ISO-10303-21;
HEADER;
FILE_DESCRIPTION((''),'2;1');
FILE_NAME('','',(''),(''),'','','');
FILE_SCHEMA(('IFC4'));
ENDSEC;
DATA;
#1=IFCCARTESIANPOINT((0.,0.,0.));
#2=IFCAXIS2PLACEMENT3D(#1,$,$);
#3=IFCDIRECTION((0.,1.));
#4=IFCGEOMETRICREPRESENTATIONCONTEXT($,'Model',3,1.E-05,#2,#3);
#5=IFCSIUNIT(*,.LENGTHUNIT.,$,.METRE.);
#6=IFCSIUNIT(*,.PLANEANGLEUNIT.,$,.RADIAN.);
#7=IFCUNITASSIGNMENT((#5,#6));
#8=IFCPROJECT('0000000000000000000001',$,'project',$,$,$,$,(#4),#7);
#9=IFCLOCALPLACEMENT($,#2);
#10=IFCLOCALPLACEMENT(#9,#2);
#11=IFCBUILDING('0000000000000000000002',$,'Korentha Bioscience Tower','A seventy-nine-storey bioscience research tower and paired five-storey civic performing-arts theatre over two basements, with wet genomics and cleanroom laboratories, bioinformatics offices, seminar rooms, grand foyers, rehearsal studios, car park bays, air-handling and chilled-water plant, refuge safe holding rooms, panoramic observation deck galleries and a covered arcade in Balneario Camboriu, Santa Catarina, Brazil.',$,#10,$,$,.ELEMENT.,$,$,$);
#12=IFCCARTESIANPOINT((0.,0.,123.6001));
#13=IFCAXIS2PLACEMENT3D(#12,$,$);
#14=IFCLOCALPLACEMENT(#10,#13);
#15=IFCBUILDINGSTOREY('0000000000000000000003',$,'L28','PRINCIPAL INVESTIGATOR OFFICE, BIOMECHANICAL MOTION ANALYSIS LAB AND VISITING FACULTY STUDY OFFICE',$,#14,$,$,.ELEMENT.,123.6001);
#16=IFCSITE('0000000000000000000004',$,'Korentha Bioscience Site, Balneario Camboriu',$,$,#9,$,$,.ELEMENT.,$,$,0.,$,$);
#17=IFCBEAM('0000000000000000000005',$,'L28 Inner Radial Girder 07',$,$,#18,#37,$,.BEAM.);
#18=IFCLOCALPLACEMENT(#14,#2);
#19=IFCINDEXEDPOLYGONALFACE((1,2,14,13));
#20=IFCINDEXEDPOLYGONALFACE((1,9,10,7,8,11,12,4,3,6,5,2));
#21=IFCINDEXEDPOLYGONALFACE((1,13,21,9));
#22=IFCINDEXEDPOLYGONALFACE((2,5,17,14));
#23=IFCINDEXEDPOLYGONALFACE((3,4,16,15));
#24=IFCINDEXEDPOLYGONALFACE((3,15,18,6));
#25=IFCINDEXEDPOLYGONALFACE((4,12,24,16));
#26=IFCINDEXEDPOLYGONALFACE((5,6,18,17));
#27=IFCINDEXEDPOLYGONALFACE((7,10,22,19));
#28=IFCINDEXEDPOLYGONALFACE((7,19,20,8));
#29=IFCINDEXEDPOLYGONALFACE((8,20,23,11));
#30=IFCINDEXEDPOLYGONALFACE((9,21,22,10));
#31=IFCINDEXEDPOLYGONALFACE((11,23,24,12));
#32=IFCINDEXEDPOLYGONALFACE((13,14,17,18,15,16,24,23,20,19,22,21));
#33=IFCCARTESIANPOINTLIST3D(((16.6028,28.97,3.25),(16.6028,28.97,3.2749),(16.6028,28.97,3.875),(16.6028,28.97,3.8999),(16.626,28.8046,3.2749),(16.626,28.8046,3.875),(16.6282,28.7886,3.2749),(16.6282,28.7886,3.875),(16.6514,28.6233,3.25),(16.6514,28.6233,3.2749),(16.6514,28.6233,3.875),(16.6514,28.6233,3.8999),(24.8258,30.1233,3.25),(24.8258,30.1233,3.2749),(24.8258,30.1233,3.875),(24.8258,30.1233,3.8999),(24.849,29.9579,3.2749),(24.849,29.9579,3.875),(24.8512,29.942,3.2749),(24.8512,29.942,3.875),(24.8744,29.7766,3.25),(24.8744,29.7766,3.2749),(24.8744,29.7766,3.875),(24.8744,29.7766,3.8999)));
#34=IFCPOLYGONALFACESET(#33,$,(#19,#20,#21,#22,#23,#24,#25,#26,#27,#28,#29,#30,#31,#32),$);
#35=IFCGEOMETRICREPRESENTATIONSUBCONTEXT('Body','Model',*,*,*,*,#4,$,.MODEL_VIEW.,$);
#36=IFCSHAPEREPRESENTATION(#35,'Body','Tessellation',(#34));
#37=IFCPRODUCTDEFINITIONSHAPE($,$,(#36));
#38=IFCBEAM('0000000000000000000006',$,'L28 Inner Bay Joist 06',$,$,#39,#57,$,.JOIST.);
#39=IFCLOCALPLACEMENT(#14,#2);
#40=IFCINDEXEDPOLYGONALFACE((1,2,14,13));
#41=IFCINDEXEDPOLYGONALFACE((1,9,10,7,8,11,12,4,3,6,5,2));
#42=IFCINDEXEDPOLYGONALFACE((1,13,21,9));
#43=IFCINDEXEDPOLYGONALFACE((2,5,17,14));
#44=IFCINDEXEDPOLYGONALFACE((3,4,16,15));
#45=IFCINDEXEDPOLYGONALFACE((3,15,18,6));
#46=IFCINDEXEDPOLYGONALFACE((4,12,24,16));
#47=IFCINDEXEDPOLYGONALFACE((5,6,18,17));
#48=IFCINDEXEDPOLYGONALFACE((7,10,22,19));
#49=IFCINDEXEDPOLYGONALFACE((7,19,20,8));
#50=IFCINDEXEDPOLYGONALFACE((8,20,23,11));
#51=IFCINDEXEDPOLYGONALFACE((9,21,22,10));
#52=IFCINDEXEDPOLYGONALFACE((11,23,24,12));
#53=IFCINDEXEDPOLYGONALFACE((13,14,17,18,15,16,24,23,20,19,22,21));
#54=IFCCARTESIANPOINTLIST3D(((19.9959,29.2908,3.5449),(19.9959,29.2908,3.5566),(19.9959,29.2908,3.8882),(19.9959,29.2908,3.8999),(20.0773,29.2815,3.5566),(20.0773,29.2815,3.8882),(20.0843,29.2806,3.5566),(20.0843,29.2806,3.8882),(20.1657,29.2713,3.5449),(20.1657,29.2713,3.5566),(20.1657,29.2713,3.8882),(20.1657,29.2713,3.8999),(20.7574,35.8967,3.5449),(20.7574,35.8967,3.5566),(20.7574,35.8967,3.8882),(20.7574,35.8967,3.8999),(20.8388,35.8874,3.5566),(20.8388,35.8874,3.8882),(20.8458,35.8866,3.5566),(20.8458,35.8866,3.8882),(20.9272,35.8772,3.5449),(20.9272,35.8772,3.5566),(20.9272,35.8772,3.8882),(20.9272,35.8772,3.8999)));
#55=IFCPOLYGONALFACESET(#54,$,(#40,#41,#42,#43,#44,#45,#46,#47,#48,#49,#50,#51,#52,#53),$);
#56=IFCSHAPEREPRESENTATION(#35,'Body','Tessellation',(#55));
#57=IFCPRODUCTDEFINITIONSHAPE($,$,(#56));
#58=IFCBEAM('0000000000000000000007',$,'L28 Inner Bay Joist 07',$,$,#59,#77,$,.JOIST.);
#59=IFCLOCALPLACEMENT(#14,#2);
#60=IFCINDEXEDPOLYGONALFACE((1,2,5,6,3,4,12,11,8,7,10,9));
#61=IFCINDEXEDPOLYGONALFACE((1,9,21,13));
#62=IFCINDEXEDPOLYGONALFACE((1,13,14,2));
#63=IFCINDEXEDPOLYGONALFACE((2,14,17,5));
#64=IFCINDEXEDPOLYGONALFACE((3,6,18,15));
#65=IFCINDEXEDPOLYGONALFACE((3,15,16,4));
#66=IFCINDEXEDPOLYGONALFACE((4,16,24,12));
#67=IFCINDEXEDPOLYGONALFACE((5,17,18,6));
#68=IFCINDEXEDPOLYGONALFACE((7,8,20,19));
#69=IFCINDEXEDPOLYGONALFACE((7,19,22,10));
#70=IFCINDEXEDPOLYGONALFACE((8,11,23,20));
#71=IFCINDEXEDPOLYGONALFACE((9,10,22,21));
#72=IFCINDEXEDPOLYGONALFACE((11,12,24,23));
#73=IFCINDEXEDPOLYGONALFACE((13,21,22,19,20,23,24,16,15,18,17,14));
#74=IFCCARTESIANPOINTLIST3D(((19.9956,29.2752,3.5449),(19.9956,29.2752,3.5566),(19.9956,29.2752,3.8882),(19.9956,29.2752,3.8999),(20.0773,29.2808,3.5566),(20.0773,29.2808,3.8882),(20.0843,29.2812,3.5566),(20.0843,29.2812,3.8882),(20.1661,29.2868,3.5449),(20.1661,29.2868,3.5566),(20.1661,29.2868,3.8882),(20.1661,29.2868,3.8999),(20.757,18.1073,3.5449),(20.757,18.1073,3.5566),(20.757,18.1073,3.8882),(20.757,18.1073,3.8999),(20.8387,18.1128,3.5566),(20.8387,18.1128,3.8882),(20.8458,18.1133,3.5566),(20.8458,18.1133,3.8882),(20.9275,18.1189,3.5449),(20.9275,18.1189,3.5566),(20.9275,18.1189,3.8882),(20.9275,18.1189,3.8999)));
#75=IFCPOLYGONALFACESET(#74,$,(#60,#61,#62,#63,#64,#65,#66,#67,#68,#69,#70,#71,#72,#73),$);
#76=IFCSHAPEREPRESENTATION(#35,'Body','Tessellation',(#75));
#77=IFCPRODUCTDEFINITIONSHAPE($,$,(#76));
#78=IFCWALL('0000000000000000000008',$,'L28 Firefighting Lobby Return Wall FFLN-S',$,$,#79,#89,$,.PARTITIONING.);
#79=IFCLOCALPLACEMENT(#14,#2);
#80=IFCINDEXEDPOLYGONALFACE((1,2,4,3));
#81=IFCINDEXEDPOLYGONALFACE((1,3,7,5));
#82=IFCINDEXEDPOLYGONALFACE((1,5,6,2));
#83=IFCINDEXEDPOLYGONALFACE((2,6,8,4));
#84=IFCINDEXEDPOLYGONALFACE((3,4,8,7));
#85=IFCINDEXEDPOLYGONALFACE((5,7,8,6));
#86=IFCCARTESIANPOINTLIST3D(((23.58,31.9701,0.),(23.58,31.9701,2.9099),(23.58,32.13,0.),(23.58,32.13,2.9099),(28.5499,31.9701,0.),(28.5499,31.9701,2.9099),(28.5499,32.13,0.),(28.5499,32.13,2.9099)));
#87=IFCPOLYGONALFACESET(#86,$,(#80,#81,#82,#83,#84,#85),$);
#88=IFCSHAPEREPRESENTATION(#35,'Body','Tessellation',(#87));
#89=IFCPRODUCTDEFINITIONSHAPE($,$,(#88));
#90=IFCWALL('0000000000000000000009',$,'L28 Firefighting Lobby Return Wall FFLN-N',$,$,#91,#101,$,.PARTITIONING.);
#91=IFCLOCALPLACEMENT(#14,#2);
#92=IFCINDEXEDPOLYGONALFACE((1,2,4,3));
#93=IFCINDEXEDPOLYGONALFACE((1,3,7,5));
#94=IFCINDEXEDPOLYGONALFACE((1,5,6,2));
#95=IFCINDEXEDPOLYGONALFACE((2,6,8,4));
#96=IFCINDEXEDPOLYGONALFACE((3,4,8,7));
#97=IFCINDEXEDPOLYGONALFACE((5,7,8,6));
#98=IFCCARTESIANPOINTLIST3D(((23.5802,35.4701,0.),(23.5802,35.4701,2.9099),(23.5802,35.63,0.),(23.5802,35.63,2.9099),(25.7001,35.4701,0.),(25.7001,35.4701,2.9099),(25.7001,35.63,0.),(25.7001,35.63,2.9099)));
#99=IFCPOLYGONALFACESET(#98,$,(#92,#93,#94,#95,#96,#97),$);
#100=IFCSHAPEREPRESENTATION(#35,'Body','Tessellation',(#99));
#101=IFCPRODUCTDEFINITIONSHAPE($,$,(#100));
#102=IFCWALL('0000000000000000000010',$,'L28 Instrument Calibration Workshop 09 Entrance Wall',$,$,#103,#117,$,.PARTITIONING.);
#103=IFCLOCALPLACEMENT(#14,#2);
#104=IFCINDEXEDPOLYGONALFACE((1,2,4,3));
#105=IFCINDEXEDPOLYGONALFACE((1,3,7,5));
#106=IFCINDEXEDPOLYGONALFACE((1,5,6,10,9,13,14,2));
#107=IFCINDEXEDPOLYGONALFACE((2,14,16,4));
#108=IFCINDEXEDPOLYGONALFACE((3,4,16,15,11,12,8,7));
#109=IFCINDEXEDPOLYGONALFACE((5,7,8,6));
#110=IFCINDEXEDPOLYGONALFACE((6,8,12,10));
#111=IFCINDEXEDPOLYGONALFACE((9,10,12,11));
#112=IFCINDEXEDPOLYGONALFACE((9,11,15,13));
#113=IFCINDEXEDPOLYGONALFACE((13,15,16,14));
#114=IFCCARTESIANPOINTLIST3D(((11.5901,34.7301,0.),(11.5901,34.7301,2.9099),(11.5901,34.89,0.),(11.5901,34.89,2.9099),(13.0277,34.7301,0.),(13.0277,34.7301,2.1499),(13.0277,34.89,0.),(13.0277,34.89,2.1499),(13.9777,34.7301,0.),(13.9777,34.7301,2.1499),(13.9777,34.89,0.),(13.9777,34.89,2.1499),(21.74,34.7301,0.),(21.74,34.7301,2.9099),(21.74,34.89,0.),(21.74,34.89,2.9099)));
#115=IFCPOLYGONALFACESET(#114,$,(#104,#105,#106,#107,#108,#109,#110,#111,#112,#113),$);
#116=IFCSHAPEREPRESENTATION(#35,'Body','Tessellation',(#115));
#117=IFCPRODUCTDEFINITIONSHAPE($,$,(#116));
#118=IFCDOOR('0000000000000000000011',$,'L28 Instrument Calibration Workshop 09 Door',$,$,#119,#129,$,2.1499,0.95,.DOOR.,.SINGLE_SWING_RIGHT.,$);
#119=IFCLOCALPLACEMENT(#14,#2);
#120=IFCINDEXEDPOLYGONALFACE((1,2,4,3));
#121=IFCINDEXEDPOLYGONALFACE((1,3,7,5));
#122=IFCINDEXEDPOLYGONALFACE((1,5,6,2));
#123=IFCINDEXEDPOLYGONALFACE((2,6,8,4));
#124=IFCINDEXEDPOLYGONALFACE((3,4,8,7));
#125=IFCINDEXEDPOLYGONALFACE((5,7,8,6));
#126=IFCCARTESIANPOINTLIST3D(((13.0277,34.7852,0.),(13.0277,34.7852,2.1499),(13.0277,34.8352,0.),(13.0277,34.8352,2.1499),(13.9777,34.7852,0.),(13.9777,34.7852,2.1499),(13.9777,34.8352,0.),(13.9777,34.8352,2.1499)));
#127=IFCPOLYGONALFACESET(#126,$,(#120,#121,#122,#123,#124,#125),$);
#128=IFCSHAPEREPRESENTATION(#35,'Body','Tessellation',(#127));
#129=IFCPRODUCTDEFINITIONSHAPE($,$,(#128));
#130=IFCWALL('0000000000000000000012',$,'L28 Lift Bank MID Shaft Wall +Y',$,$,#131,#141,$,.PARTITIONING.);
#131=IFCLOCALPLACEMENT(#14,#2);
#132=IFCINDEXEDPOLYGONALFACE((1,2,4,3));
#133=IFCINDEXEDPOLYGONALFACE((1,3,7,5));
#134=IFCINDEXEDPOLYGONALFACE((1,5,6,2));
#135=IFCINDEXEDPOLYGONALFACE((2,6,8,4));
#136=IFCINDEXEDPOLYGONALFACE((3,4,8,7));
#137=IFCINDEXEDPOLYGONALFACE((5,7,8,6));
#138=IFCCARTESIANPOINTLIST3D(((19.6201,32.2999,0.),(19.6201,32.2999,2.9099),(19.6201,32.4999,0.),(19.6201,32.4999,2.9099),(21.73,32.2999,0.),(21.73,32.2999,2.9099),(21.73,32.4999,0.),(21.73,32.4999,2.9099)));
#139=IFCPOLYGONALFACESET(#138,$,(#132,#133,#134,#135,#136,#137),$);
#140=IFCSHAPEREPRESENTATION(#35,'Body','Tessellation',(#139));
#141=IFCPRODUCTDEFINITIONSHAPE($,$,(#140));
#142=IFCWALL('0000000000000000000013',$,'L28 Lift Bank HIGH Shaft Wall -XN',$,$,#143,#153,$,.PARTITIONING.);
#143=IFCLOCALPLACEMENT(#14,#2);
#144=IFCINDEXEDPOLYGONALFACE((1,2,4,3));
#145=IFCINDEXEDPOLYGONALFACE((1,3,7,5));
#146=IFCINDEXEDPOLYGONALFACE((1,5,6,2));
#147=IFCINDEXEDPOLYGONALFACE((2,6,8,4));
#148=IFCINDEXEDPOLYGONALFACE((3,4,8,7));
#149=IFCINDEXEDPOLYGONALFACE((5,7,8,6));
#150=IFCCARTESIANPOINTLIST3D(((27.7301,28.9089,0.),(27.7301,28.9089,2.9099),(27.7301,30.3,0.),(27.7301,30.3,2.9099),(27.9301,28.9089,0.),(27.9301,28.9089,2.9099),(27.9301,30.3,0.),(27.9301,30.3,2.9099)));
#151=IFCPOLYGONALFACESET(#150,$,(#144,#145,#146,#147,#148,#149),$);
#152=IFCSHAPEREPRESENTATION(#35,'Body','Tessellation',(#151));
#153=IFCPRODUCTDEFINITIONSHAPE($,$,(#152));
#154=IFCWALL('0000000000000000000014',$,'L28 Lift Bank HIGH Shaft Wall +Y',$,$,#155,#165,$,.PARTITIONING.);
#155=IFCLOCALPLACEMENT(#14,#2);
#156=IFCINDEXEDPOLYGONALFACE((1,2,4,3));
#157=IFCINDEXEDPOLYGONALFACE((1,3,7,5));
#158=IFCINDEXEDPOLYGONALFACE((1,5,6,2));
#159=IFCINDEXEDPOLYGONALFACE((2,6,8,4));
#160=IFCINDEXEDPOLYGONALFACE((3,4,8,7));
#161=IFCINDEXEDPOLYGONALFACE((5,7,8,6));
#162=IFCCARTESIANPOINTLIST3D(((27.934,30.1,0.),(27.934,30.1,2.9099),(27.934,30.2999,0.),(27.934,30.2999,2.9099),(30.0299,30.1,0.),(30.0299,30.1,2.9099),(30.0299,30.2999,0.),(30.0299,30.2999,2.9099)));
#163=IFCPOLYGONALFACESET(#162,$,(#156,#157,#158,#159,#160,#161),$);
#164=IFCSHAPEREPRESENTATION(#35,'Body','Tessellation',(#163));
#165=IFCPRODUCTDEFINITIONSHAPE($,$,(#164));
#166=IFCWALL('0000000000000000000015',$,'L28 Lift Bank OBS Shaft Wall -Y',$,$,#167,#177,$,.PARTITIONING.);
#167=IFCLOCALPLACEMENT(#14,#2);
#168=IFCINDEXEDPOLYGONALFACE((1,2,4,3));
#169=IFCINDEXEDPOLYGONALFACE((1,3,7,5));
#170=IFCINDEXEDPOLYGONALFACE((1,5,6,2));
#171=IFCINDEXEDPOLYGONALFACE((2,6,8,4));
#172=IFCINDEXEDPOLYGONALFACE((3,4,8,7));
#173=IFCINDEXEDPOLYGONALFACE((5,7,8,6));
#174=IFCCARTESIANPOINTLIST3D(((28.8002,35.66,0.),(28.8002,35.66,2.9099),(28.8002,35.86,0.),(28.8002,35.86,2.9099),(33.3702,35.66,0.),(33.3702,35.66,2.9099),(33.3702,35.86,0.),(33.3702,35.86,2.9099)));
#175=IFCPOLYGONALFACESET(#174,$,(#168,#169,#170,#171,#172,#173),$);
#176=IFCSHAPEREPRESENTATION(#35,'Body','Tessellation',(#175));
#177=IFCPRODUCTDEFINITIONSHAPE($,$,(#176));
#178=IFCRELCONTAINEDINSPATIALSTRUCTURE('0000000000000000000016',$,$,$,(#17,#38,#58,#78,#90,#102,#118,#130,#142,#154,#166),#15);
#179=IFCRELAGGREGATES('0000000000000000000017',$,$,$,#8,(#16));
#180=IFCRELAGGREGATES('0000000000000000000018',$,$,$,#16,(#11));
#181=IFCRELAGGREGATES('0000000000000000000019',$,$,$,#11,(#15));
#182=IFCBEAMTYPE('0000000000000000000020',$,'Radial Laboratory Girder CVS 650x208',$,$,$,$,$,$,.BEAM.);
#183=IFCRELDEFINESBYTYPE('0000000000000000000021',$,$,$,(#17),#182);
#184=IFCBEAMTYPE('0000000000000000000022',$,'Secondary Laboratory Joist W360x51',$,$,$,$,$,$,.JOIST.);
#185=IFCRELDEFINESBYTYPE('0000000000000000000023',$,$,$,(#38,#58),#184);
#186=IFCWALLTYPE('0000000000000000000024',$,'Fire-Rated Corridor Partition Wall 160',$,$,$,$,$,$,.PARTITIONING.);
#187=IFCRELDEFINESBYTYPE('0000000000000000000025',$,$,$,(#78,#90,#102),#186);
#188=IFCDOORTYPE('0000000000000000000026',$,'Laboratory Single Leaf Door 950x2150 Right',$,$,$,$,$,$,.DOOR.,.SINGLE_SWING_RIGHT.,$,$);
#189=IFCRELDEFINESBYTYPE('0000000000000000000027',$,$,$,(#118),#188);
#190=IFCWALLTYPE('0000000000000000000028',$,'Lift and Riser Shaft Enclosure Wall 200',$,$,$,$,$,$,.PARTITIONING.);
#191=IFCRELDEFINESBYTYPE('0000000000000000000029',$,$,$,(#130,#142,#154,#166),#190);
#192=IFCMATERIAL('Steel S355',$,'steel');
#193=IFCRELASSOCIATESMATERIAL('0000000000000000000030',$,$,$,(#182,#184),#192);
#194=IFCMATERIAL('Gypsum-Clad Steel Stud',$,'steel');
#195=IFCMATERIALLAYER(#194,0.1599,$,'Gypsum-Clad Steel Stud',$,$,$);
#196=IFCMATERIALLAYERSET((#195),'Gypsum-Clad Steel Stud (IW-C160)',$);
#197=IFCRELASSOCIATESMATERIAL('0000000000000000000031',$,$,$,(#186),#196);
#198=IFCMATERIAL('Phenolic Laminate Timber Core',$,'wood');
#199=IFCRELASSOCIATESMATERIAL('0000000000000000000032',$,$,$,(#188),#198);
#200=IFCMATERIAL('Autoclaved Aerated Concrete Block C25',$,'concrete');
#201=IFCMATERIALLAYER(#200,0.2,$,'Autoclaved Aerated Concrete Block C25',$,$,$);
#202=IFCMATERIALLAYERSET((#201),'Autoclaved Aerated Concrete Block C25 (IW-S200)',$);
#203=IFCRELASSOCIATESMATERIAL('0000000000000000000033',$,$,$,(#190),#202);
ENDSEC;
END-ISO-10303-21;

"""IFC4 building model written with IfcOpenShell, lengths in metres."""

from ifc_helpers import new_model, si_unit, direction, frame, frame_2d, origin, origin_2d, place, context, subcontext, project, spatial, rectangle, i_section, extrude, material, layer, layer_set, material_profile, profile_set, type_object, element, fill, save


model = new_model("IFC4")

# Units and contexts
model_context = context("Model", 3, precision=1e-05, world=origin(), true_north=direction((0.0, 1.0)))
body_context = subcontext(model_context, "Body", "Model", "MODEL_VIEW")
ifc_project = project(units=[si_unit("LENGTHUNIT", "METRE"), si_unit("PLANEANGLEUNIT", "RADIAN")], contexts=[model_context])

# Site, building, storey
site_placement = place(None, origin())
site = spatial("IfcSite", under=ifc_project, at=site_placement, Name="Korentha Bioscience Site, Balneario Camboriu", CompositionType="ELEMENT", RefElevation=0.0)
building_placement = place(site_placement, origin())
building = spatial("IfcBuilding", under=site, at=building_placement, Name="Korentha Bioscience Tower", Description="A seventy-nine-storey bioscience research tower and paired five-storey civic performing-arts theatre over two basements, with wet genomics and cleanroom laboratories, bioinformatics offices, seminar rooms, grand foyers, rehearsal studios, car park bays, air-handling and chilled-water plant, refuge safe holding rooms, panoramic observation deck galleries and a covered arcade in Balneario Camboriu, Santa Catarina, Brazil.", CompositionType="ELEMENT")
storey_placement = place(building_placement, frame((0.0, 0.0, 123.6001)))
storey = spatial("IfcBuildingStorey", under=building, at=storey_placement, Name="L28", Description="PRINCIPAL INVESTIGATOR OFFICE, BIOMECHANICAL MOTION ANALYSIS LAB AND VISITING FACULTY STUDY OFFICE", CompositionType="ELEMENT", Elevation=123.6001)

# Beams
ifc_material_1 = material(Name="Steel S355", Category="steel")
ifc_material_profile_1 = material_profile(ifc_material_1, i_section(OverallWidth=0.3501, OverallDepth=0.6499, WebThickness=0.0161, FlangeThickness=0.0249, at=origin_2d()), Name="Steel S355")
ifc_profile_set_1 = profile_set([ifc_material_profile_1], Name="Steel S355 (RB-650)")
beam_type_1 = type_object("IfcBeamType", Name="Radial Laboratory Girder CVS 650x208", PredefinedType="BEAM", material=ifc_profile_set_1)
beam_1_placement = place(storey_placement, frame((24.8501, 29.95, 3.575), z_axis=(-0.990307, -0.138898, 0.0), x_axis=(0.138898, -0.990307, 0.0)))
element("IfcBeam", 1, at=beam_1_placement, inside=storey, type_object=beam_type_1, Name="L28 Inner Radial Girder 07", PredefinedType="BEAM", context=body_context, shape_type="SweptSolid", body=[
    extrude(i_section(OverallWidth=0.3501, OverallDepth=0.6499, WebThickness=0.0161, FlangeThickness=0.0249, at=origin_2d()), origin(), (0.0, 0.0, 1.0), 8.3035),
])
ifc_material_profile_2 = material_profile(ifc_material_1, i_section(OverallWidth=0.1709, OverallDepth=0.355, WebThickness=0.0071, FlangeThickness=0.0117, at=origin_2d()), Name="Steel S355")
ifc_profile_set_2 = profile_set([ifc_material_profile_2], Name="Steel S355 (JB-360)")
beam_type_2 = type_object("IfcBeamType", Name="Secondary Laboratory Joist W360x51", PredefinedType="JOIST", material=ifc_profile_set_2)
beam_2_placement = place(storey_placement, frame((20.8423, 35.887, 3.7224), z_axis=(-0.114513, -0.993422, 0.0), x_axis=(0.993422, -0.114513, 0.0)))
element("IfcBeam", 2, at=beam_2_placement, inside=storey, type_object=beam_type_2, Name="L28 Inner Bay Joist 06", PredefinedType="JOIST", context=body_context, shape_type="SweptSolid", body=[
    extrude(i_section(OverallWidth=0.1709, OverallDepth=0.355, WebThickness=0.0071, FlangeThickness=0.0117, at=origin_2d()), origin(), (0.0, 0.0, 1.0), 6.6497),
])
beam_3_placement = place(storey_placement, frame((20.0808, 29.281, 3.7224), z_axis=(0.068026, -0.997684, 0.0), x_axis=(0.997684, 0.068026, 0.0)))
element("IfcBeam", 3, at=beam_3_placement, inside=storey, type_object=beam_type_2, Name="L28 Inner Bay Joist 07", PredefinedType="JOIST", context=body_context, shape_type="SweptSolid", body=[
    extrude(i_section(OverallWidth=0.1709, OverallDepth=0.355, WebThickness=0.0071, FlangeThickness=0.0117, at=origin_2d()), origin(), (0.0, 0.0, 1.0), 11.1938),
])

# Shared definitions
ifc_material_2 = material(Name="Gypsum-Clad Steel Stud", Category="steel")
ifc_layer_1 = layer(ifc_material_2, 0.1599, Name="Gypsum-Clad Steel Stud")
ifc_layer_set_1 = layer_set([ifc_layer_1], Name="Gypsum-Clad Steel Stud (IW-C160)")
wall_type_1 = type_object("IfcWallType", Name="Fire-Rated Corridor Partition Wall 160", PredefinedType="PARTITIONING", material=ifc_layer_set_1)

# Walls
wall_1_placement = place(storey_placement, frame((23.5801, 32.05, 0.0), z_axis=(0.0, 0.0, 1.0), x_axis=(1.0, 0.0, 0.0)))
element("IfcWall", 4, at=wall_1_placement, inside=storey, type_object=wall_type_1, Name="L28 Firefighting Lobby Return Wall FFLN-S", PredefinedType="PARTITIONING", context=body_context, shape_type="SweptSolid", body=[
    extrude(rectangle(XDim=4.97, YDim=0.1599, at=frame_2d((2.4849, 0.0))), origin(), (0.0, 0.0, 1.0), 2.9099),
])
wall_2_placement = place(storey_placement, frame((23.5801, 35.55, 0.0), z_axis=(0.0, 0.0, 1.0), x_axis=(1.0, 0.0, 0.0)))
element("IfcWall", 5, at=wall_2_placement, inside=storey, type_object=wall_type_1, Name="L28 Firefighting Lobby Return Wall FFLN-N", PredefinedType="PARTITIONING", context=body_context, shape_type="SweptSolid", body=[
    extrude(rectangle(XDim=2.1199, YDim=0.1599, at=frame_2d((1.0601, 0.0))), origin(), (0.0, 0.0, 1.0), 2.9099),
])

# Wall, opening, door
wall_3_placement = place(storey_placement, frame((21.74, 34.8101, 0.0), z_axis=(0.0, 0.0, 1.0), x_axis=(-1.0, 0.0, 0.0)))
wall_3 = element("IfcWall", 6, at=wall_3_placement, inside=storey, type_object=wall_type_1, Name="L28 Instrument Calibration Workshop 09 Entrance Wall", PredefinedType="PARTITIONING", context=body_context, shape_type="SweptSolid", body=[
    extrude(rectangle(XDim=10.1499, YDim=0.1599, at=frame_2d((5.075, 0.0))), origin(), (0.0, 0.0, 1.0), 2.9099),
])
opening_1_placement = place(wall_3_placement, frame((7.7622, 0.0, 0.0)))
opening_1 = element("IfcOpeningElement", 7, at=opening_1_placement, cuts=wall_3, PredefinedType="OPENING", context=body_context, shape_type="SweptSolid", body=[
    extrude(rectangle(XDim=0.95, YDim=2.1499, at=frame_2d((0.4751, 1.075))), frame((0.0, 0.0947, 0.0), z_axis=(0.0, -1.0, 0.0), x_axis=(1.0, 0.0, 0.0)), (0.0, 0.0, 1.0), 0.1897),
])
ifc_material_3 = material(Name="Phenolic Laminate Timber Core", Category="wood")
door_type_1 = type_object("IfcDoorType", Name="Laboratory Single Leaf Door 950x2150 Right", OperationType="SINGLE_SWING_RIGHT", PredefinedType="DOOR", material=ifc_material_3)
door_1_placement = place(opening_1_placement, origin())
door_1 = element("IfcDoor", 8, at=door_1_placement, inside=storey, type_object=door_type_1, Name="L28 Instrument Calibration Workshop 09 Door", OperationType="SINGLE_SWING_RIGHT", OverallHeight=2.1499, OverallWidth=0.95, PredefinedType="DOOR", context=body_context, shape_type="SweptSolid", body=[
    extrude(rectangle(XDim=0.95, YDim=2.1499, at=frame_2d((0.4751, 1.075))), frame((0.0, 0.0249, 0.0), z_axis=(0.0, -1.0, 0.0), x_axis=(1.0, 0.0, 0.0)), (0.0, 0.0, 1.0), 0.05),
])
fill(opening_1, door_1)

# Walls
ifc_material_4 = material(Name="Autoclaved Aerated Concrete Block C25", Category="concrete")
ifc_layer_2 = layer(ifc_material_4, 0.2, Name="Autoclaved Aerated Concrete Block C25")
ifc_layer_set_2 = layer_set([ifc_layer_2], Name="Autoclaved Aerated Concrete Block C25 (IW-S200)")
wall_type_2 = type_object("IfcWallType", Name="Lift and Riser Shaft Enclosure Wall 200", PredefinedType="PARTITIONING", material=ifc_layer_set_2)
wall_4_placement = place(storey_placement, frame((19.6201, 32.3999, 0.0), z_axis=(0.0, 0.0, 1.0), x_axis=(1.0, 0.0, 0.0)))
element("IfcWall", 9, at=wall_4_placement, inside=storey, type_object=wall_type_2, Name="L28 Lift Bank MID Shaft Wall +Y", PredefinedType="PARTITIONING", context=body_context, shape_type="SweptSolid", body=[
    extrude(rectangle(XDim=2.1099, YDim=0.2, at=frame_2d((1.0549, 0.0))), origin(), (0.0, 0.0, 1.0), 2.9099),
])
wall_5_placement = place(storey_placement, frame((27.8301, 28.9089, 0.0), z_axis=(0.0, 0.0, 1.0), x_axis=(0.0, 1.0, 0.0)))
element("IfcWall", 10, at=wall_5_placement, inside=storey, type_object=wall_type_2, Name="L28 Lift Bank HIGH Shaft Wall -XN", PredefinedType="PARTITIONING", context=body_context, shape_type="SweptSolid", body=[
    extrude(rectangle(XDim=1.3911, YDim=0.2, at=frame_2d((0.6956, 0.0))), origin(), (0.0, 0.0, 1.0), 2.9099),
])
wall_6_placement = place(storey_placement, frame((27.9341, 30.2, 0.0), z_axis=(0.0, 0.0, 1.0), x_axis=(1.0, 0.0, 0.0)))
element("IfcWall", 11, at=wall_6_placement, inside=storey, type_object=wall_type_2, Name="L28 Lift Bank HIGH Shaft Wall +Y", PredefinedType="PARTITIONING", context=body_context, shape_type="SweptSolid", body=[
    extrude(rectangle(XDim=2.0959, YDim=0.2, at=frame_2d((1.0479, 0.0))), origin(), (0.0, 0.0, 1.0), 2.9099),
])
wall_7_placement = place(storey_placement, frame((28.8, 35.76, 0.0), z_axis=(0.0, 0.0, 1.0), x_axis=(1.0, 0.0, 0.0)))
element("IfcWall", 12, at=wall_7_placement, inside=storey, type_object=wall_type_2, Name="L28 Lift Bank OBS Shaft Wall -Y", PredefinedType="PARTITIONING", context=body_context, shape_type="SweptSolid", body=[
    extrude(rectangle(XDim=4.5701, YDim=0.2, at=frame_2d((2.2852, 0.0))), origin(), (0.0, 0.0, 1.0), 2.9099),
])

save(model, "model.ifc")
